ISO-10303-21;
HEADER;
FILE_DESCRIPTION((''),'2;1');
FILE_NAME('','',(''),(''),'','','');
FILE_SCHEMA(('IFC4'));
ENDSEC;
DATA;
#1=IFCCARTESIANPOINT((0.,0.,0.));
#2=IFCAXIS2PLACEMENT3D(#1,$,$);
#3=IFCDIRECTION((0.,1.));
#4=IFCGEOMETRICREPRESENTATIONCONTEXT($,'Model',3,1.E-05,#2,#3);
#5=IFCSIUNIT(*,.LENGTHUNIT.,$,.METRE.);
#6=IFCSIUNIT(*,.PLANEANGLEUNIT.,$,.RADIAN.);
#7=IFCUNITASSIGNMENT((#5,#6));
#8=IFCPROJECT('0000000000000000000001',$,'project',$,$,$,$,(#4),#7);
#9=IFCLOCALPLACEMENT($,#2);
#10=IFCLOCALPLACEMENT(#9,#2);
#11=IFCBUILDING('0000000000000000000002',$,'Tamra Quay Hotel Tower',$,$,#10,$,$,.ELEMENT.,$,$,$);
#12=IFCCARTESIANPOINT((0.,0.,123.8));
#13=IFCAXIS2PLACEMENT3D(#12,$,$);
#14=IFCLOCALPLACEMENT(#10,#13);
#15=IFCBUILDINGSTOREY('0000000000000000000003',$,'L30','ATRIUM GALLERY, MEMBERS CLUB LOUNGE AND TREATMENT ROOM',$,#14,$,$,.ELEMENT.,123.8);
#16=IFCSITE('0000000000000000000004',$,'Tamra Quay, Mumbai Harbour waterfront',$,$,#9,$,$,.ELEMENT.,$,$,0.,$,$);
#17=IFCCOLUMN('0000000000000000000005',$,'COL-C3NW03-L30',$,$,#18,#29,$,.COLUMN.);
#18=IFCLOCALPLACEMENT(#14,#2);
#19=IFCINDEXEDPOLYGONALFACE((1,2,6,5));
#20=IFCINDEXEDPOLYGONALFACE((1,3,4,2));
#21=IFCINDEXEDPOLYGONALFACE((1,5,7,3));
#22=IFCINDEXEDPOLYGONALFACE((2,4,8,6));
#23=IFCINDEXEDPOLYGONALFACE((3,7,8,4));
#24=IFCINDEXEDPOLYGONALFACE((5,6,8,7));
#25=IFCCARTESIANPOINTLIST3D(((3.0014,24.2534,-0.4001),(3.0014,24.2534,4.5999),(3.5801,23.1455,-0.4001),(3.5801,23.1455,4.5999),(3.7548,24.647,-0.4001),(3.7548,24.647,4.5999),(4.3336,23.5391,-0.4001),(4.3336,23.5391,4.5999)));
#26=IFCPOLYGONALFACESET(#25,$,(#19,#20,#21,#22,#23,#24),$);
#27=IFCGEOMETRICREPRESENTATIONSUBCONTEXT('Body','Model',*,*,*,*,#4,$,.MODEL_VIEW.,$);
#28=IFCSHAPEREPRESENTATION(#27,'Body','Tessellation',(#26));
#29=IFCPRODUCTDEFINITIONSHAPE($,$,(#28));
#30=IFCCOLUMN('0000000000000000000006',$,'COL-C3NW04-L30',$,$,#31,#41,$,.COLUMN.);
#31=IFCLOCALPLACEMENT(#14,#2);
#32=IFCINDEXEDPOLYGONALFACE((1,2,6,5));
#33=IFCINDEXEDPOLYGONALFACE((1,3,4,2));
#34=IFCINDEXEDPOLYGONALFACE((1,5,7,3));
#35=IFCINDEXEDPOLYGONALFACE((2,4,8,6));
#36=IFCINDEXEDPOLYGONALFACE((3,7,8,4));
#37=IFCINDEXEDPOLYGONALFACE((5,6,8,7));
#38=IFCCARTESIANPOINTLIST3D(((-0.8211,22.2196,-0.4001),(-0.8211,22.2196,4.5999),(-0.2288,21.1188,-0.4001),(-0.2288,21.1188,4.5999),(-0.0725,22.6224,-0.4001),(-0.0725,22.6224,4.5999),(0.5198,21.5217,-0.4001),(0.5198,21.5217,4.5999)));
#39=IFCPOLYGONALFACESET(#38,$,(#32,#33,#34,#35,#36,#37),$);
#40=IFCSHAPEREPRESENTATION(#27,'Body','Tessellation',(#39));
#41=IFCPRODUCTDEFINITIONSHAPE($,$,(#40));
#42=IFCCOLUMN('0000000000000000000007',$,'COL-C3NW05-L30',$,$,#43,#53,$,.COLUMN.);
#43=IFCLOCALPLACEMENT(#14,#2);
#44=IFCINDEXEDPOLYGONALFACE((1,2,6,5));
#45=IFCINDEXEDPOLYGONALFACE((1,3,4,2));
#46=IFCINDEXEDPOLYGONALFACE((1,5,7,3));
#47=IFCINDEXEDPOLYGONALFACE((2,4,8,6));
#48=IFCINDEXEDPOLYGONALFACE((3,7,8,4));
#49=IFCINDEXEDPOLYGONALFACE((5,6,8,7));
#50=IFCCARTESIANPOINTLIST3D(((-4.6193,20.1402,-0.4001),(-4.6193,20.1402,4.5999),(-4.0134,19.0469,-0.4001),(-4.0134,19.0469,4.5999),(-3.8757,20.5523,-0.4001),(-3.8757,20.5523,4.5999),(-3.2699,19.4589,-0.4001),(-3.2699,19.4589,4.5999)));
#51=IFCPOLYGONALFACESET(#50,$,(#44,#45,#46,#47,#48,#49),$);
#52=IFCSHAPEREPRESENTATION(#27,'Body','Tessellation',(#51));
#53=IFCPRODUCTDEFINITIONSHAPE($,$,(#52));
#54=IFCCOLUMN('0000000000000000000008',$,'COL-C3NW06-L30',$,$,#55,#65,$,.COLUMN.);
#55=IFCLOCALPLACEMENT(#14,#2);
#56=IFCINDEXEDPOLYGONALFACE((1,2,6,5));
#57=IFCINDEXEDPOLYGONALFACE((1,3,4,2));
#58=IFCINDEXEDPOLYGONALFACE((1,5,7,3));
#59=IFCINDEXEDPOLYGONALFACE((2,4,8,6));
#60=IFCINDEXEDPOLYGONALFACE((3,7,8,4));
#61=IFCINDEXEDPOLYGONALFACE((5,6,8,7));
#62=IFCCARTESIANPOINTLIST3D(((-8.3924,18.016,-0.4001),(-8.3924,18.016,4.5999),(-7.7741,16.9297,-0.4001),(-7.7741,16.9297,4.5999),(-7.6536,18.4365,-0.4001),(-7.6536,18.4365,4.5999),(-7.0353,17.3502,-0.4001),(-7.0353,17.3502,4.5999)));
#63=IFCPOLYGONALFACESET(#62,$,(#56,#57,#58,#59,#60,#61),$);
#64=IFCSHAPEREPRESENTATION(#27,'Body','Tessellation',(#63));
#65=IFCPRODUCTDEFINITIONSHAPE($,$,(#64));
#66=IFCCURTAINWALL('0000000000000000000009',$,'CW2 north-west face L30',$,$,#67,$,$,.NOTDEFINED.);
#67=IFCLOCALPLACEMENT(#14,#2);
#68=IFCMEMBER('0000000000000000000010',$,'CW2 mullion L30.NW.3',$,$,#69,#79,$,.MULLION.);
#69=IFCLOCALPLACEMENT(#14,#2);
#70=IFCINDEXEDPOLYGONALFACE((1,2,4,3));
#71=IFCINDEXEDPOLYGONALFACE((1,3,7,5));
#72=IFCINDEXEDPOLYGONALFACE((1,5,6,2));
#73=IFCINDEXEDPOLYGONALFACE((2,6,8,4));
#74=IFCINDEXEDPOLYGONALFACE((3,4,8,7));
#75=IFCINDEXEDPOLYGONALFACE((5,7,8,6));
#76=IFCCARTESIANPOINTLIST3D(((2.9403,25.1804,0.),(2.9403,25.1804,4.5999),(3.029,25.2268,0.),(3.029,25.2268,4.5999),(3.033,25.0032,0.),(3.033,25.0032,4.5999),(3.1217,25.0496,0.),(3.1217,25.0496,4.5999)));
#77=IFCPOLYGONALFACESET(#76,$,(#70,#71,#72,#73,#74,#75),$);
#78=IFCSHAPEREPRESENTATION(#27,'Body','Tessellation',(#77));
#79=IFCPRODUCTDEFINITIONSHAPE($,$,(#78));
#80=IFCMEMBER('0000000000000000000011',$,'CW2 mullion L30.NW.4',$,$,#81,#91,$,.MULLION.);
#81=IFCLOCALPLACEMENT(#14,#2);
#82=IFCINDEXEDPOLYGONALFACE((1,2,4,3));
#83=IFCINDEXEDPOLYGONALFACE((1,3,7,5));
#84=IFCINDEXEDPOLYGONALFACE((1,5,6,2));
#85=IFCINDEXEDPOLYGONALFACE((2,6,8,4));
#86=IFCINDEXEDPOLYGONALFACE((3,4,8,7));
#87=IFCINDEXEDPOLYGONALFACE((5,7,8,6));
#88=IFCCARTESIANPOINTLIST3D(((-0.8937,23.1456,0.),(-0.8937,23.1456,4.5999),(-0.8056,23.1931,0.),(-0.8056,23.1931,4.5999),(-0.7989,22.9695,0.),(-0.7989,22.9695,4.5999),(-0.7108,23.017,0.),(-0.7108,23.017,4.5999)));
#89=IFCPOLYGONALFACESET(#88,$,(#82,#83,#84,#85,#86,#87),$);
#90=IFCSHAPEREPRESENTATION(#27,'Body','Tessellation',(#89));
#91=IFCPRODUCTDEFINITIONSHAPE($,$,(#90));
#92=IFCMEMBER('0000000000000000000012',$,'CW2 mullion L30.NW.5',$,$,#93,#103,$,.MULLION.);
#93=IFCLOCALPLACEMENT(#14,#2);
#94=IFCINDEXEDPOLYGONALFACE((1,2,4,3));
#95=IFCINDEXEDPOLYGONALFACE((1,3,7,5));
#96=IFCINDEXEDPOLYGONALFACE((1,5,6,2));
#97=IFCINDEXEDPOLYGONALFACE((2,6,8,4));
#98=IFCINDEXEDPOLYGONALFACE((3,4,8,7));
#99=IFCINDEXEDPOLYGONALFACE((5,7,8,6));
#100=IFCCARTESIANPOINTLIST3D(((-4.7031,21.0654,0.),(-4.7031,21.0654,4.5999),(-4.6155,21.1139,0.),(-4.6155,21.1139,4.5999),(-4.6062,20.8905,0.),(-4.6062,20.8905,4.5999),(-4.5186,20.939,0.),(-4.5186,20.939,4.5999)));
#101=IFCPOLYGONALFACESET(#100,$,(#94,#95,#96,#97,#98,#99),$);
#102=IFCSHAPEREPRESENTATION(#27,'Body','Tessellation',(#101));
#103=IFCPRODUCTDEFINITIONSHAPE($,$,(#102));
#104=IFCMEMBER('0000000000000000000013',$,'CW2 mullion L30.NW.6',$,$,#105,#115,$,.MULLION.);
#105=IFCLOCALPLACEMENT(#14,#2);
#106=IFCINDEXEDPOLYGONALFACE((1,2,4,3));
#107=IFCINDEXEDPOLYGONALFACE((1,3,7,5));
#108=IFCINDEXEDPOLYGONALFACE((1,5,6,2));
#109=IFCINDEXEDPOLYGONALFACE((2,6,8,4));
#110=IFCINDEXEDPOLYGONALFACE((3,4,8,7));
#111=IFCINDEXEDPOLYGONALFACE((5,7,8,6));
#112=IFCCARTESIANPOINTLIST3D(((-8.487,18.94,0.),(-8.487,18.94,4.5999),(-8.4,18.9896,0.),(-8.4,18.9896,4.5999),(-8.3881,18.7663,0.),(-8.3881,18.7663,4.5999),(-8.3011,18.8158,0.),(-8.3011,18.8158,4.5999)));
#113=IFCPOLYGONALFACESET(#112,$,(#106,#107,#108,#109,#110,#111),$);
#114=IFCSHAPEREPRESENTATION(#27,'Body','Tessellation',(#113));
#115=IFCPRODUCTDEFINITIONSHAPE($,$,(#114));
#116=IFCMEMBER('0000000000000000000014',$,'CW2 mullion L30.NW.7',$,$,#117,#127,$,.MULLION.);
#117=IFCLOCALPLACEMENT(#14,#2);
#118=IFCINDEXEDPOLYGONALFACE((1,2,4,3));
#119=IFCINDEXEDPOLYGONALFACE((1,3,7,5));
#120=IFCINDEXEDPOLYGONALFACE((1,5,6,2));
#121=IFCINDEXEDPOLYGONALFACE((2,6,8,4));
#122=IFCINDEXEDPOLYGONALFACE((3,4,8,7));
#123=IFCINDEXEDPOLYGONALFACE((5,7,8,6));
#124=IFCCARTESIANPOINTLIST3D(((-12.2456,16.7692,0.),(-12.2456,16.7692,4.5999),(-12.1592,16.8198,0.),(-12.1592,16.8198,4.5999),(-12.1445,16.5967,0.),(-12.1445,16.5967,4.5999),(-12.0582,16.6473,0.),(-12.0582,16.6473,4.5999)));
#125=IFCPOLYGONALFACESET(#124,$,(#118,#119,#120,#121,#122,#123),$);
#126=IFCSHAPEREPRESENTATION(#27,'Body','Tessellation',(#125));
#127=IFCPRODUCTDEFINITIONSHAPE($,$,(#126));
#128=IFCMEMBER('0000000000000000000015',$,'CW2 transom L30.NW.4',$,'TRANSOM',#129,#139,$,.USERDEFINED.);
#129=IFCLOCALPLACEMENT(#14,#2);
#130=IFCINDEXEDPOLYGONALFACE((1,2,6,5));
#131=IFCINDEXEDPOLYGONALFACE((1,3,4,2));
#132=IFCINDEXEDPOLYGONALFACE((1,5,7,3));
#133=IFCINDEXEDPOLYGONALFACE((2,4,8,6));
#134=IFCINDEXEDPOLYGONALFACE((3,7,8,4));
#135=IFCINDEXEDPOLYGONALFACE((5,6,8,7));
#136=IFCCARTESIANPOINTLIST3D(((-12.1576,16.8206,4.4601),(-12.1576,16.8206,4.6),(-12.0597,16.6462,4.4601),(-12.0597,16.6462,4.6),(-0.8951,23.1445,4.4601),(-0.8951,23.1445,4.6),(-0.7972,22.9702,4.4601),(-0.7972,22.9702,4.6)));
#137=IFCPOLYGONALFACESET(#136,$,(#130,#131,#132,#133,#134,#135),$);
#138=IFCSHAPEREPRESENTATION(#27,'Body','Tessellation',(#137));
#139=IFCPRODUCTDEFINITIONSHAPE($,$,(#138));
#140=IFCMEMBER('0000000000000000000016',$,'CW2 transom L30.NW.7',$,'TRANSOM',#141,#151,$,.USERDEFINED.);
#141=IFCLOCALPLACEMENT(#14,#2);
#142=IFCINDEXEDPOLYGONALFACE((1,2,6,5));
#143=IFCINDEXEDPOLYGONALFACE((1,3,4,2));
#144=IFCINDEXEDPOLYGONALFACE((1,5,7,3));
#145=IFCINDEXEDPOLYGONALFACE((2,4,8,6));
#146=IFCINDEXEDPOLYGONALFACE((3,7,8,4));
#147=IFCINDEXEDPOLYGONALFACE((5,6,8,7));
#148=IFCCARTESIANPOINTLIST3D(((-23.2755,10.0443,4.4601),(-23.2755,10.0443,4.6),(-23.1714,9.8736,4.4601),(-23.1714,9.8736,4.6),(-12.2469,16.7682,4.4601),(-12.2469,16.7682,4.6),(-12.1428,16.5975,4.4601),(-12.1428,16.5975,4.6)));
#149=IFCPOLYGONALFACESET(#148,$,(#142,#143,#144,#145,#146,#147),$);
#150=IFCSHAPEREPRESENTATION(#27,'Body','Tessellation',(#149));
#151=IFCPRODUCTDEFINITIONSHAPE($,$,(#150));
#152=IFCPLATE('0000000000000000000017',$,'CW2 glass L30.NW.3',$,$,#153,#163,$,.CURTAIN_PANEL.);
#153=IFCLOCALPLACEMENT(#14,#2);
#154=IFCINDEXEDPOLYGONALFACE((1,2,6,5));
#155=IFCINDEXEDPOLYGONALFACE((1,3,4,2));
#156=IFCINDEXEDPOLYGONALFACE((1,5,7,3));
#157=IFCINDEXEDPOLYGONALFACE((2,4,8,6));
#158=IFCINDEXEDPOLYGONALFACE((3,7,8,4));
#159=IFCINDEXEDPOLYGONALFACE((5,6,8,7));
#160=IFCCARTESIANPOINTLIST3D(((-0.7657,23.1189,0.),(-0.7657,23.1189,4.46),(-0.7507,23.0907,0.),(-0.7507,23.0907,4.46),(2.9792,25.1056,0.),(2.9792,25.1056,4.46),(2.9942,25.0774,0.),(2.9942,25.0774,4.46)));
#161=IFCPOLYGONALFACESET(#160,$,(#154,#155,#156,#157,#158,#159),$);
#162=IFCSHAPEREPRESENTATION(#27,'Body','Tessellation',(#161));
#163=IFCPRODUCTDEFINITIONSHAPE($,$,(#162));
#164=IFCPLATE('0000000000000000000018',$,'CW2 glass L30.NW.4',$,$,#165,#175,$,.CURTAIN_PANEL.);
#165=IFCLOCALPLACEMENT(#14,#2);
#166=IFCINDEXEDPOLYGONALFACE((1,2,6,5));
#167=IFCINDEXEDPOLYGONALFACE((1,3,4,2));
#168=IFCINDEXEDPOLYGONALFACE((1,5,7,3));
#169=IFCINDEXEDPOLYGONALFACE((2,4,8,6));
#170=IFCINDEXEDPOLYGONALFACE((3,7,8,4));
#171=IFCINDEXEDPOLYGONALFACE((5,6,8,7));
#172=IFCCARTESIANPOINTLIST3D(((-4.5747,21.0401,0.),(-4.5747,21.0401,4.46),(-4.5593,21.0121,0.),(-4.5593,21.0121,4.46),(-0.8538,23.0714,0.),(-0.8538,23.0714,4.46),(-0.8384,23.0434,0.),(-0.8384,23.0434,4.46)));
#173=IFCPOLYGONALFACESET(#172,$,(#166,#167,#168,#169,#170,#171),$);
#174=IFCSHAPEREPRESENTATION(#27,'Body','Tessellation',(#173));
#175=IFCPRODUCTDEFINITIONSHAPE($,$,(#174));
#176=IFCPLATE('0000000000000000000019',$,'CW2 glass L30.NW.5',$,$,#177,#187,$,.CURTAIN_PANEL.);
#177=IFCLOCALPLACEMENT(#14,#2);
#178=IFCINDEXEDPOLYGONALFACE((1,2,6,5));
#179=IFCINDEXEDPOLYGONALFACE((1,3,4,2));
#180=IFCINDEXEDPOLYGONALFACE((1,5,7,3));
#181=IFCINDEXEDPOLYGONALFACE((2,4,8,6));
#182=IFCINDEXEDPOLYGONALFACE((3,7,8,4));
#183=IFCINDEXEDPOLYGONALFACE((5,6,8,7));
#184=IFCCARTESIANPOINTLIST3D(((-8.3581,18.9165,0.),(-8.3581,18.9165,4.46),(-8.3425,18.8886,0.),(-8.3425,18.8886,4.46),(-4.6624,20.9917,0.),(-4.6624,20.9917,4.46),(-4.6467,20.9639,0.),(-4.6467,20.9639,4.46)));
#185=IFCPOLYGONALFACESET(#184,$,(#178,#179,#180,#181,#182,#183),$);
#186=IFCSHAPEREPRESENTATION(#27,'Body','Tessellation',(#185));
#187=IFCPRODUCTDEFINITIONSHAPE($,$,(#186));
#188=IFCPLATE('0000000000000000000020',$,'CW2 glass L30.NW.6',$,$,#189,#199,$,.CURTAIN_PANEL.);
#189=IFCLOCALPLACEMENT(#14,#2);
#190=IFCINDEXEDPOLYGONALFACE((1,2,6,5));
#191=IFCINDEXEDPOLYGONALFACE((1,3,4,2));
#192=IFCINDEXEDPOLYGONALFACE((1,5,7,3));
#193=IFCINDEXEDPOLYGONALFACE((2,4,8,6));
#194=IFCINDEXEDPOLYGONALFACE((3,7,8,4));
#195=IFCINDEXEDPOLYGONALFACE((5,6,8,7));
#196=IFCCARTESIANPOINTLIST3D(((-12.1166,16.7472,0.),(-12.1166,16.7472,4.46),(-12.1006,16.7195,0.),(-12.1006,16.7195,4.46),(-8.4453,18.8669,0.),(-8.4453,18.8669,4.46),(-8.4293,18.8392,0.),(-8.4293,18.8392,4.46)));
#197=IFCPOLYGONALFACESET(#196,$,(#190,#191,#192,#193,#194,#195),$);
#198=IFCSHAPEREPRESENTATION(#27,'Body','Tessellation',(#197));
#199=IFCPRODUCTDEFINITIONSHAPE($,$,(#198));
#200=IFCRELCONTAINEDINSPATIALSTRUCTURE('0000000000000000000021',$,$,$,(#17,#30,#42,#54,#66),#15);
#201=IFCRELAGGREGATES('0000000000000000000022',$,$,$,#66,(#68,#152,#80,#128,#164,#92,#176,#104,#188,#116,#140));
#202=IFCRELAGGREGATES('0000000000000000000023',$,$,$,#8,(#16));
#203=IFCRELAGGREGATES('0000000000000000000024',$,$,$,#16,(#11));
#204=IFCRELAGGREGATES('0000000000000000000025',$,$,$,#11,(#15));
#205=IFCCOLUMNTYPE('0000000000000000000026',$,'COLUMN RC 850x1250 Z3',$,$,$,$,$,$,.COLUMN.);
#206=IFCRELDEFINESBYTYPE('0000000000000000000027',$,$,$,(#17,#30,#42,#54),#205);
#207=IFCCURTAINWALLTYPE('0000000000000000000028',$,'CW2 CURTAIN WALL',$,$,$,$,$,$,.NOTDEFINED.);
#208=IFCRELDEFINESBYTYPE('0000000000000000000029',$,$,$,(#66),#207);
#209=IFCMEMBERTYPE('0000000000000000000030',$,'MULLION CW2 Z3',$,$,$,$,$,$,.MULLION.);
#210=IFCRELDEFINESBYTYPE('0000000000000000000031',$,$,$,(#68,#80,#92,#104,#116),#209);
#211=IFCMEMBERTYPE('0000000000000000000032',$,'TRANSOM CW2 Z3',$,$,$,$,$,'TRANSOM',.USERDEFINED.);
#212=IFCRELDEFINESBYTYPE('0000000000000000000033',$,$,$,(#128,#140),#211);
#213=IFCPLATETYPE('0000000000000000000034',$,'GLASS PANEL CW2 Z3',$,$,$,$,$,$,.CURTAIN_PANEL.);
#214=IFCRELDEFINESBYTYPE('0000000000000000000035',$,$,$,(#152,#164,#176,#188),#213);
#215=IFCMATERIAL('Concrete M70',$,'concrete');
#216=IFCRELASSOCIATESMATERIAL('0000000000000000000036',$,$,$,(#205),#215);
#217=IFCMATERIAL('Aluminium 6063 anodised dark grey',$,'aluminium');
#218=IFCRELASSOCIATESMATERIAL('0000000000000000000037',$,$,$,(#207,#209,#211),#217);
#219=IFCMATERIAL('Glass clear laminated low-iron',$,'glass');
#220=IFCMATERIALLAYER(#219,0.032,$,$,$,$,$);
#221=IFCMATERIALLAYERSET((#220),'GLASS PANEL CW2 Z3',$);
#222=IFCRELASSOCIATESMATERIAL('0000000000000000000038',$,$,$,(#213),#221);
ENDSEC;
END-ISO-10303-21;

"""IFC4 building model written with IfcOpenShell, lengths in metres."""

from ifc_helpers import new_model, si_unit, direction, frame, origin, origin_2d, place, context, subcontext, project, spatial, rectangle, extrude, material, layer, layer_set, material_profile, profile_set, type_object, element, aggregate, save


model = new_model("IFC4")

# Units and contexts
model_context = context("Model", 3, precision=1e-05, world=origin(), true_north=direction((0.0, 1.0)))
body_context = subcontext(model_context, "Body", "Model", "MODEL_VIEW")
ifc_project = project(units=[si_unit("LENGTHUNIT", "METRE"), si_unit("PLANEANGLEUNIT", "RADIAN")], contexts=[model_context])

# Site, building, storey
site_placement = place(None, origin())
site = spatial("IfcSite", under=ifc_project, at=site_placement, Name="Tamra Quay, Mumbai Harbour waterfront", CompositionType="ELEMENT", RefElevation=0.0)
building_placement = place(site_placement, origin())
building = spatial("IfcBuilding", under=site, at=building_placement, Name="Tamra Quay Hotel Tower", CompositionType="ELEMENT")
storey_placement = place(building_placement, frame((0.0, 0.0, 123.8)))
storey = spatial("IfcBuildingStorey", under=building, at=storey_placement, Name="L30", Description="ATRIUM GALLERY, MEMBERS CLUB LOUNGE AND TREATMENT ROOM", CompositionType="ELEMENT", Elevation=123.8)

# Columns
ifc_material_1 = material(Name="Concrete M70", Category="concrete")
ifc_material_profile_1 = material_profile(ifc_material_1, rectangle(XDim=1.25, YDim=0.8501, at=origin_2d()), Name="COLUMN RC 850x1250 Z3")
ifc_profile_set_1 = profile_set([ifc_material_profile_1], Name="Concrete M70")
column_type = type_object("IfcColumnType", Name="COLUMN RC 850x1250 Z3", PredefinedType="COLUMN", material=ifc_profile_set_1)
for number, where, z_axis, x_axis, name in (
    (1, (3.6675, 23.8962, -0.4001), (0.0, 0.0, 1.0), (-0.463007, 0.886355, 0.0), "COL-C3NW03-L30"),
    (2, (-0.1506, 21.8706, -0.4001), (0.0, 0.0, 1.0), (-0.473876, 0.880592, 0.0), "COL-C3NW04-L30"),
    (3, (-3.9446, 19.7996, -0.4001), (0.0, 0.0, 1.0), (-0.484683, 0.87469, 0.0), "COL-C3NW05-L30"),
    (4, (-7.7139, 17.6831, -0.4001), (0.0, 0.0, 1.0), (-0.494656, 0.869089, 0.0), "COL-C3NW06-L30"),
):
    element("IfcColumn", number, at=place(storey_placement, frame(where, z_axis=z_axis, x_axis=x_axis)), inside=storey, type_object=column_type, Name=name, PredefinedType="COLUMN", context=body_context, shape_type="SweptSolid", body=[
        extrude(rectangle(XDim=1.25, YDim=0.8501, at=origin_2d()), origin(), (0.0, 0.0, 1.0), 5.0),
    ])

# Curtain wall, members, plates
ifc_material_2 = material(Name="Aluminium 6063 anodised dark grey", Category="aluminium")
curtain_wall_type = type_object("IfcCurtainWallType", Name="CW2 CURTAIN WALL", PredefinedType="NOTDEFINED", material=ifc_material_2)
curtain_wall_placement = place(storey_placement, origin())
curtain_wall = element("IfcCurtainWall", 5, at=curtain_wall_placement, inside=storey, type_object=curtain_wall_type, Name="CW2 north-west face L30", PredefinedType="NOTDEFINED")
ifc_material_profile_2 = material_profile(ifc_material_2, rectangle(XDim=0.2, YDim=0.1001, at=origin_2d()), Name="MULLION 100X200")
ifc_profile_set_2 = profile_set([ifc_material_profile_2], Name="Aluminium 6063 anodised dark grey")
member_type_1 = type_object("IfcMemberType", Name="MULLION CW2 Z3", PredefinedType="MULLION", material=ifc_profile_set_2)
member_1_placement = place(storey_placement, frame((3.031, 25.115, 0.0), z_axis=(0.0, 0.0, 1.0), x_axis=(-0.463366, 0.886167, 0.0)))
member_1 = element("IfcMember", 6, at=member_1_placement, type_object=member_type_1, Name="CW2 mullion L30.NW.3", PredefinedType="MULLION", context=body_context, shape_type="SweptSolid", body=[
    extrude(rectangle(XDim=0.2, YDim=0.1001, at=origin_2d()), origin(), (0.0, 0.0, 1.0), 4.5999),
])
member_2_placement = place(storey_placement, frame((-0.8022, 23.0813, 0.0), z_axis=(0.0, 0.0, 1.0), x_axis=(-0.473908, 0.880574, 0.0)))
member_2 = element("IfcMember", 7, at=member_2_placement, type_object=member_type_1, Name="CW2 mullion L30.NW.4", PredefinedType="MULLION", context=body_context, shape_type="SweptSolid", body=[
    extrude(rectangle(XDim=0.2, YDim=0.1001, at=origin_2d()), origin(), (0.0, 0.0, 1.0), 4.5999),
])
member_3_placement = place(storey_placement, frame((-4.6108, 21.0022, 0.0), z_axis=(0.0, 0.0, 1.0), x_axis=(-0.484394, 0.87485, 0.0)))
member_3 = element("IfcMember", 8, at=member_3_placement, type_object=member_type_1, Name="CW2 mullion L30.NW.5", PredefinedType="MULLION", context=body_context, shape_type="SweptSolid", body=[
    extrude(rectangle(XDim=0.2, YDim=0.1001, at=origin_2d()), origin(), (0.0, 0.0, 1.0), 4.5999),
])
member_4_placement = place(storey_placement, frame((-8.394, 18.8779, 0.0), z_axis=(0.0, 0.0, 1.0), x_axis=(-0.494813, 0.868999, 0.0)))
member_4 = element("IfcMember", 9, at=member_4_placement, type_object=member_type_1, Name="CW2 mullion L30.NW.6", PredefinedType="MULLION", context=body_context, shape_type="SweptSolid", body=[
    extrude(rectangle(XDim=0.2, YDim=0.1001, at=origin_2d()), origin(), (0.0, 0.0, 1.0), 4.5999),
])
member_5_placement = place(storey_placement, frame((-12.1519, 16.7083, 0.0), z_axis=(0.0, 0.0, 1.0), x_axis=(-0.505169, 0.863021, 0.0)))
member_5 = element("IfcMember", 10, at=member_5_placement, type_object=member_type_1, Name="CW2 mullion L30.NW.7", PredefinedType="MULLION", context=body_context, shape_type="SweptSolid", body=[
    extrude(rectangle(XDim=0.2, YDim=0.1001, at=origin_2d()), origin(), (0.0, 0.0, 1.0), 4.5999),
])
ifc_material_profile_3 = material_profile(ifc_material_2, rectangle(XDim=0.2, YDim=0.1399, at=origin_2d()), Name="TRANSOM 200X140")
ifc_profile_set_3 = profile_set([ifc_material_profile_3], Name="Aluminium 6063 anodised dark grey")
member_type_2 = type_object("IfcMemberType", Name="TRANSOM CW2 Z3", ElementType="TRANSOM", PredefinedType="USERDEFINED", material=ifc_profile_set_3)
member_6_placement = place(storey_placement, frame((-0.8462, 23.0574, 4.53), z_axis=(-0.871944, -0.489605, 0.0), x_axis=(0.489605, -0.871944, 0.0)))
member_6 = element("IfcMember", 11, at=member_6_placement, type_object=member_type_2, Name="CW2 transom L30.NW.4", ObjectType="TRANSOM", PredefinedType="USERDEFINED", context=body_context, shape_type="SweptSolid", body=[
    extrude(rectangle(XDim=0.2, YDim=0.1399, at=origin_2d()), origin(), (0.0, 0.0, 1.0), 12.9165),
])
member_7_placement = place(storey_placement, frame((-12.1948, 16.6829, 4.53), z_axis=(-0.853826, -0.520559, 0.0), x_axis=(0.520559, -0.853826, 0.0)))
member_7 = element("IfcMember", 12, at=member_7_placement, type_object=member_type_2, Name="CW2 transom L30.NW.7", ObjectType="TRANSOM", PredefinedType="USERDEFINED", context=body_context, shape_type="SweptSolid", body=[
    extrude(rectangle(XDim=0.2, YDim=0.1399, at=origin_2d()), origin(), (0.0, 0.0, 1.0), 12.9167),
])
ifc_material_3 = material(Name="Glass clear laminated low-iron", Category="glass")
ifc_layer_1 = layer(ifc_material_3, 0.032)
ifc_layer_set_1 = layer_set([ifc_layer_1], Name="GLASS PANEL CW2 Z3")
plate_type = type_object("IfcPlateType", Name="GLASS PANEL CW2 Z3", PredefinedType="CURTAIN_PANEL", material=ifc_layer_set_1)
plate_1_placement = place(storey_placement, frame((1.1143, 24.0981, 0.0), z_axis=(0.0, 0.0, 1.0), x_axis=(-0.883391, -0.468636, 0.0)))
plate_1 = element("IfcPlate", 13, at=plate_1_placement, type_object=plate_type, Name="CW2 glass L30.NW.3", PredefinedType="CURTAIN_PANEL", context=body_context, shape_type="SweptSolid", body=[
    extrude(rectangle(XDim=4.2393, YDim=0.032, at=origin_2d()), origin(), (0.0, 0.0, 1.0), 4.46),
])
plate_2_placement = place(storey_placement, frame((-2.7065, 22.0417, 0.0), z_axis=(0.0, 0.0, 1.0), x_axis=(-0.877726, -0.479162, 0.0)))
plate_2 = element("IfcPlate", 14, at=plate_2_placement, type_object=plate_type, Name="CW2 glass L30.NW.4", PredefinedType="CURTAIN_PANEL", context=body_context, shape_type="SweptSolid", body=[
    extrude(rectangle(XDim=4.2393, YDim=0.032, at=origin_2d()), origin(), (0.0, 0.0, 1.0), 4.46),
])
plate_3_placement = place(storey_placement, frame((-6.5024, 19.9402, 0.0), z_axis=(0.0, 0.0, 1.0), x_axis=(-0.871942, -0.489609, 0.0)))
plate_3 = element("IfcPlate", 15, at=plate_3_placement, type_object=plate_type, Name="CW2 glass L30.NW.5", PredefinedType="CURTAIN_PANEL", context=body_context, shape_type="SweptSolid", body=[
    extrude(rectangle(XDim=4.2385, YDim=0.032, at=origin_2d()), origin(), (0.0, 0.0, 1.0), 4.46),
])
plate_4_placement = place(storey_placement, frame((-10.2729, 17.7932, 0.0), z_axis=(0.0, 0.0, 1.0), x_axis=(-0.866025, -0.5, 0.0)))
plate_4 = element("IfcPlate", 16, at=plate_4_placement, type_object=plate_type, Name="CW2 glass L30.NW.6", PredefinedType="CURTAIN_PANEL", context=body_context, shape_type="SweptSolid", body=[
    extrude(rectangle(XDim=4.2393, YDim=0.032, at=origin_2d()), origin(), (0.0, 0.0, 1.0), 4.46),
])
aggregate(curtain_wall, [member_1, plate_1, member_2, member_6, plate_2, member_3, plate_3, member_4, plate_4, member_5, member_7])

save(model, "model.ifc")
